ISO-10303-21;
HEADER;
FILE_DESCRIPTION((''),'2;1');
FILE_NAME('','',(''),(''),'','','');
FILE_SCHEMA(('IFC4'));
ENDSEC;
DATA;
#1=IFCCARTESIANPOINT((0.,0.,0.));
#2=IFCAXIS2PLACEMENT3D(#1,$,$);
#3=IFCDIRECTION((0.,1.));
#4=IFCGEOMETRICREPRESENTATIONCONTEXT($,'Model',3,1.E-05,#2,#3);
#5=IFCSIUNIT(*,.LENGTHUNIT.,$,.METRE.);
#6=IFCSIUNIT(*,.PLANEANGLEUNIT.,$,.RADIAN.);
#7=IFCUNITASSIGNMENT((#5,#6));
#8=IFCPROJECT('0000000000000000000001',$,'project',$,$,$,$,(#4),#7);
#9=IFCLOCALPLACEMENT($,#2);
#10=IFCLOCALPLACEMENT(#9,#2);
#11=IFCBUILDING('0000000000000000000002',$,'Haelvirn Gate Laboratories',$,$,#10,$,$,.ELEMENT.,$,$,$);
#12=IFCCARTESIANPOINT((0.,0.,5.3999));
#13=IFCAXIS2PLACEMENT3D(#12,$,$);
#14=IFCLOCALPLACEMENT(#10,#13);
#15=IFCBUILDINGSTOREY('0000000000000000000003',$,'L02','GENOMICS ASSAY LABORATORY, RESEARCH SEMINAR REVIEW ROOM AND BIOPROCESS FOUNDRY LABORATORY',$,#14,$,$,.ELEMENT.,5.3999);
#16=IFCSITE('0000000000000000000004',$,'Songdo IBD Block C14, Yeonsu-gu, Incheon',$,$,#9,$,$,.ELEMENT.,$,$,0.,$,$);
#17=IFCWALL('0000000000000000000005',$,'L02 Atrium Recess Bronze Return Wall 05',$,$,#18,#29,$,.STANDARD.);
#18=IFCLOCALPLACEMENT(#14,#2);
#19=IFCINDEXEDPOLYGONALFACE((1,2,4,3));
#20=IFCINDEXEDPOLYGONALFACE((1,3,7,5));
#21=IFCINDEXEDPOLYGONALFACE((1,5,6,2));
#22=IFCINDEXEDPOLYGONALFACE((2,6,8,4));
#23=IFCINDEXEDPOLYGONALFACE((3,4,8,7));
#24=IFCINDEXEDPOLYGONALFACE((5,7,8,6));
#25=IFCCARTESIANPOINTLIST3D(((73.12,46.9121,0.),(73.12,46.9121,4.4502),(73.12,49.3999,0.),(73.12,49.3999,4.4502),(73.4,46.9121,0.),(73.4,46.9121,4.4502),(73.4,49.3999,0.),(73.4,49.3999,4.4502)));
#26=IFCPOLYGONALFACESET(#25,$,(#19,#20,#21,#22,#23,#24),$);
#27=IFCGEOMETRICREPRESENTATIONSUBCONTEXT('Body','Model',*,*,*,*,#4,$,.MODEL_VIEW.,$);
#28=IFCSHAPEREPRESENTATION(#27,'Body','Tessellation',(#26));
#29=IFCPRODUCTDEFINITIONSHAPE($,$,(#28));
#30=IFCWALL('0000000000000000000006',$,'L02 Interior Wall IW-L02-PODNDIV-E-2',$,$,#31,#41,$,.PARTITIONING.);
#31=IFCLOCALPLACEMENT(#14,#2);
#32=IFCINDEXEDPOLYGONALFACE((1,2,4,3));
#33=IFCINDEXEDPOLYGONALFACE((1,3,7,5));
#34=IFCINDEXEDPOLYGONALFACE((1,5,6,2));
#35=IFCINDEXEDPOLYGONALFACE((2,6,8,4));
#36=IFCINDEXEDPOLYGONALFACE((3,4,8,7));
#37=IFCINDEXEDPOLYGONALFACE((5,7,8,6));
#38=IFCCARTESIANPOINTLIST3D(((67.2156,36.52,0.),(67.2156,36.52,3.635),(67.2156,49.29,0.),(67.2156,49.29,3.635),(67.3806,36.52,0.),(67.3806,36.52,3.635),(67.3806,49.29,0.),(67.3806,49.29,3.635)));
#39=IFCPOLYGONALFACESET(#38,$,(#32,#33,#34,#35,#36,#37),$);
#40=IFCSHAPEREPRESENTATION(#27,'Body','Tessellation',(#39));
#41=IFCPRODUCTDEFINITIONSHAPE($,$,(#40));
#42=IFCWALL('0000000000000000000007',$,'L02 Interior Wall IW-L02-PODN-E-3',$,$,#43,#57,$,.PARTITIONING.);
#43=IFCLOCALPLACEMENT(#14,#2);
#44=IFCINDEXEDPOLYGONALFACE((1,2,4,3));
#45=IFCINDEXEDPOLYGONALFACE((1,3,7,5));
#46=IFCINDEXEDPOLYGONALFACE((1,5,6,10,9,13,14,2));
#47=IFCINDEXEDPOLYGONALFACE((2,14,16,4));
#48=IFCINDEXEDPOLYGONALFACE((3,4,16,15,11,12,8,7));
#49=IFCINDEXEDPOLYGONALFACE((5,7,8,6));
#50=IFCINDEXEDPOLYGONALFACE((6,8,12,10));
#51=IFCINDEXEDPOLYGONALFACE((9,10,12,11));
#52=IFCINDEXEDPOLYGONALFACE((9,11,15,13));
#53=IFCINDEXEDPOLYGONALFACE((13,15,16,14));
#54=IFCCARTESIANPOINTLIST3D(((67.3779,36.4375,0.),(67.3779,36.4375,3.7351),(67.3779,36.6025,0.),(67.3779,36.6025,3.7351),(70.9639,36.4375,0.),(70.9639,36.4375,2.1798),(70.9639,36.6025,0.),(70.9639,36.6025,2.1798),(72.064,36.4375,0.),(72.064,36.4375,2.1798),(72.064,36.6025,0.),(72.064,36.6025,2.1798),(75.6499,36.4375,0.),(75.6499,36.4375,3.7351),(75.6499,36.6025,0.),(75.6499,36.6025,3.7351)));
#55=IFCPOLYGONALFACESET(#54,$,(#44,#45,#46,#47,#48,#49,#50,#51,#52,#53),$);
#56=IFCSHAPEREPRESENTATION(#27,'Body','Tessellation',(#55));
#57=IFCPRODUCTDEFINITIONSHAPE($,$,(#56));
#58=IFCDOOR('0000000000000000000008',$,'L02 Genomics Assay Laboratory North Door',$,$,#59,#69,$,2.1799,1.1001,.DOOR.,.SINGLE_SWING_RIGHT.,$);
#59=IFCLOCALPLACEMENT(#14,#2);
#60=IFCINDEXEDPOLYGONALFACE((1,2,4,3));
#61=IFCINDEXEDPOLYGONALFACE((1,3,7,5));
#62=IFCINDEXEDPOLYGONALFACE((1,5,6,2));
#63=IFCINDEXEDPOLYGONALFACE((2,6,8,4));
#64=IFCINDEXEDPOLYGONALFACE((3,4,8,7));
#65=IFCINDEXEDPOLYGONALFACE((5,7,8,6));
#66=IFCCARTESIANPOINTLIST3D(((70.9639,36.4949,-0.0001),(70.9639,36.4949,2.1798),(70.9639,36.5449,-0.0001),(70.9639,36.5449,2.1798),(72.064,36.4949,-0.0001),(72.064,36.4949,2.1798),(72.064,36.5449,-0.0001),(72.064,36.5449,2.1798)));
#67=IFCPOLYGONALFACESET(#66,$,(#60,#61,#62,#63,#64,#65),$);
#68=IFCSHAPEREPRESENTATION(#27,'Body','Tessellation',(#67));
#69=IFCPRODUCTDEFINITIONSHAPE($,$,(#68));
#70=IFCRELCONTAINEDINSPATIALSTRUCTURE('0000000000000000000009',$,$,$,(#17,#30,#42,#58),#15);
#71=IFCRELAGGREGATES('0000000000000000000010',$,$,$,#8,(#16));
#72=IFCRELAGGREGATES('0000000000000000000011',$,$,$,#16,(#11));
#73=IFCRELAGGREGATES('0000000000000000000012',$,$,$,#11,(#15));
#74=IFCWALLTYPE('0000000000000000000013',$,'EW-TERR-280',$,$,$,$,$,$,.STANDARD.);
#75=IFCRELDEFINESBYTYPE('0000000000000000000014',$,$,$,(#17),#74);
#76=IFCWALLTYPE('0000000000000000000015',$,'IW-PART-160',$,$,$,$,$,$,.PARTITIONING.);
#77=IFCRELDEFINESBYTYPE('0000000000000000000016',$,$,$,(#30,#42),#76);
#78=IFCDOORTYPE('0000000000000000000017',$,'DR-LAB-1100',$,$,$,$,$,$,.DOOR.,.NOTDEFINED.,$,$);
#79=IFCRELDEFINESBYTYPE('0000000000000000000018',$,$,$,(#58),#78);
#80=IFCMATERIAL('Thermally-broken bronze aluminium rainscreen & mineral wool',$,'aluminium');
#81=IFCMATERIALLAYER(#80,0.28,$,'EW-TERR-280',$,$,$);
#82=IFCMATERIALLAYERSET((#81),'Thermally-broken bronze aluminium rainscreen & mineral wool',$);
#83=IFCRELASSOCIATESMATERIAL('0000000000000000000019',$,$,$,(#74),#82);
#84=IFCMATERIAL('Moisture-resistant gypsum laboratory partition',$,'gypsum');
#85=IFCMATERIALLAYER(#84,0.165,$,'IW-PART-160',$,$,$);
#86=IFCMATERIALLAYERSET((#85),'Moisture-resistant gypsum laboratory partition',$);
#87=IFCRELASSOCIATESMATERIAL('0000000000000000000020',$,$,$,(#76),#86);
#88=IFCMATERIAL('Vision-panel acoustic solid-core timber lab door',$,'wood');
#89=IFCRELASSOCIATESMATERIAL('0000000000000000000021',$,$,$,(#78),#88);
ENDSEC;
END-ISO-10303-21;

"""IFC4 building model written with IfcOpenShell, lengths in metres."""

from ifc_helpers import new_model, si_unit, direction, frame, frame_2d, origin, place, context, subcontext, project, spatial, rectangle, extrude, source, transform, mapped, material, layer, layer_set, type_object, type_shapes, element, fill, save


model = new_model("IFC4")

# Units and contexts
model_context = context("Model", 3, precision=1e-05, world=origin(), true_north=direction((0.0, 1.0)))
body_context = subcontext(model_context, "Body", "Model", "MODEL_VIEW")
ifc_project = project(units=[si_unit("LENGTHUNIT", "METRE"), si_unit("PLANEANGLEUNIT", "RADIAN")], contexts=[model_context])

# Site, building, storey
site_placement = place(None, origin())
site = spatial("IfcSite", under=ifc_project, at=site_placement, Name="Songdo IBD Block C14, Yeonsu-gu, Incheon", CompositionType="ELEMENT", RefElevation=0.0)
building_placement = place(site_placement, origin())
building = spatial("IfcBuilding", under=site, at=building_placement, Name="Haelvirn Gate Laboratories", CompositionType="ELEMENT")
storey_placement = place(building_placement, frame((0.0, 0.0, 5.3999)))
storey = spatial("IfcBuildingStorey", under=building, at=storey_placement, Name="L02", Description="GENOMICS ASSAY LABORATORY, RESEARCH SEMINAR REVIEW ROOM AND BIOPROCESS FOUNDRY LABORATORY", CompositionType="ELEMENT", Elevation=5.3999)

# Walls
ifc_material_1 = material(Name="Thermally-broken bronze aluminium rainscreen & mineral wool", Category="aluminium")
ifc_layer_1 = layer(ifc_material_1, 0.28, Name="EW-TERR-280")
ifc_layer_set_1 = layer_set([ifc_layer_1], Name="Thermally-broken bronze aluminium rainscreen & mineral wool")
wall_type_1 = type_object("IfcWallType", Name="EW-TERR-280", PredefinedType="STANDARD", material=ifc_layer_set_1)
wall_1_placement = place(storey_placement, frame((73.26, 46.9121, 0.0), z_axis=(0.0, 0.0, 1.0), x_axis=(0.0, 1.0, 0.0)))
element("IfcWall", 1, at=wall_1_placement, inside=storey, type_object=wall_type_1, Name="L02 Atrium Recess Bronze Return Wall 05", PredefinedType="STANDARD", context=body_context, shape_type="SweptSolid", body=[
    extrude(rectangle(XDim=2.4878, YDim=0.28, at=frame_2d((1.2439, 0.0))), origin(), (0.0, 0.0, 1.0), 4.4502),
])
ifc_material_2 = material(Name="Moisture-resistant gypsum laboratory partition", Category="gypsum")
ifc_layer_2 = layer(ifc_material_2, 0.165, Name="IW-PART-160")
ifc_layer_set_2 = layer_set([ifc_layer_2], Name="Moisture-resistant gypsum laboratory partition")
wall_type_2 = type_object("IfcWallType", Name="IW-PART-160", PredefinedType="PARTITIONING", material=ifc_layer_set_2)
wall_2_placement = place(storey_placement, frame((67.2981, 36.52, 0.0), z_axis=(0.0, 0.0, 1.0), x_axis=(0.0, 1.0, 0.0)))
element("IfcWall", 2, at=wall_2_placement, inside=storey, type_object=wall_type_2, Name="L02 Interior Wall IW-L02-PODNDIV-E-2", PredefinedType="PARTITIONING", context=body_context, shape_type="SweptSolid", body=[
    extrude(rectangle(XDim=12.77, YDim=0.165, at=frame_2d((6.385, 0.0))), origin(), (0.0, 0.0, 1.0), 3.635),
])

# Wall, opening, door
wall_3_placement = place(storey_placement, frame((67.3779, 36.52, 0.0), z_axis=(0.0, 0.0, 1.0), x_axis=(1.0, 0.0, 0.0)))
wall_3 = element("IfcWall", 3, at=wall_3_placement, inside=storey, type_object=wall_type_2, Name="L02 Interior Wall IW-L02-PODN-E-3", PredefinedType="PARTITIONING", context=body_context, shape_type="SweptSolid", body=[
    extrude(rectangle(XDim=8.272, YDim=0.165, at=frame_2d((4.136, 0.0))), origin(), (0.0, 0.0, 1.0), 3.7351),
])
opening_placement = place(wall_3_placement, frame((3.5859, 0.0, 0.0)))
opening = element("IfcOpeningElement", 4, at=opening_placement, cuts=wall_3, PredefinedType="OPENING", context=body_context, shape_type="SweptSolid", body=[
    extrude(rectangle(XDim=1.1001, YDim=2.1799, at=frame_2d((0.55, 1.0898))), frame((0.0, 0.0925, 0.0), z_axis=(0.0, -1.0, 0.0), x_axis=(1.0, 0.0, 0.0)), (0.0, 0.0, 1.0), 0.1851),
])
ifc_material_3 = material(Name="Vision-panel acoustic solid-core timber lab door", Category="wood")
door_type = type_object("IfcDoorType", Name="DR-LAB-1100", OperationType="NOTDEFINED", PredefinedType="DOOR", material=ifc_material_3)
shared_shape_1 = source(origin(), body_context, "Body", "SweptSolid", [
    extrude(rectangle(XDim=1.1001, YDim=2.1799, at=frame_2d((0.55, 1.0898))), frame((0.0, 0.0249, 0.0), z_axis=(0.0, -1.0, 0.0), x_axis=(1.0, 0.0, 0.0)), (0.0, 0.0, 1.0), 0.05),
])
type_shapes(door_type, [shared_shape_1])
door_placement = place(opening_placement, origin())
door = element("IfcDoor", 5, at=door_placement, inside=storey, type_object=door_type, Name="L02 Genomics Assay Laboratory North Door", OperationType="SINGLE_SWING_RIGHT", OverallHeight=2.1799, OverallWidth=1.1001, PredefinedType="DOOR", context=body_context, shape_type="MappedRepresentation", body=[
    mapped(shared_shape_1, transform((0.0, 0.0, 0.0), scale=1.0)),
])
fill(opening, door)

save(model, "model.ifc")
